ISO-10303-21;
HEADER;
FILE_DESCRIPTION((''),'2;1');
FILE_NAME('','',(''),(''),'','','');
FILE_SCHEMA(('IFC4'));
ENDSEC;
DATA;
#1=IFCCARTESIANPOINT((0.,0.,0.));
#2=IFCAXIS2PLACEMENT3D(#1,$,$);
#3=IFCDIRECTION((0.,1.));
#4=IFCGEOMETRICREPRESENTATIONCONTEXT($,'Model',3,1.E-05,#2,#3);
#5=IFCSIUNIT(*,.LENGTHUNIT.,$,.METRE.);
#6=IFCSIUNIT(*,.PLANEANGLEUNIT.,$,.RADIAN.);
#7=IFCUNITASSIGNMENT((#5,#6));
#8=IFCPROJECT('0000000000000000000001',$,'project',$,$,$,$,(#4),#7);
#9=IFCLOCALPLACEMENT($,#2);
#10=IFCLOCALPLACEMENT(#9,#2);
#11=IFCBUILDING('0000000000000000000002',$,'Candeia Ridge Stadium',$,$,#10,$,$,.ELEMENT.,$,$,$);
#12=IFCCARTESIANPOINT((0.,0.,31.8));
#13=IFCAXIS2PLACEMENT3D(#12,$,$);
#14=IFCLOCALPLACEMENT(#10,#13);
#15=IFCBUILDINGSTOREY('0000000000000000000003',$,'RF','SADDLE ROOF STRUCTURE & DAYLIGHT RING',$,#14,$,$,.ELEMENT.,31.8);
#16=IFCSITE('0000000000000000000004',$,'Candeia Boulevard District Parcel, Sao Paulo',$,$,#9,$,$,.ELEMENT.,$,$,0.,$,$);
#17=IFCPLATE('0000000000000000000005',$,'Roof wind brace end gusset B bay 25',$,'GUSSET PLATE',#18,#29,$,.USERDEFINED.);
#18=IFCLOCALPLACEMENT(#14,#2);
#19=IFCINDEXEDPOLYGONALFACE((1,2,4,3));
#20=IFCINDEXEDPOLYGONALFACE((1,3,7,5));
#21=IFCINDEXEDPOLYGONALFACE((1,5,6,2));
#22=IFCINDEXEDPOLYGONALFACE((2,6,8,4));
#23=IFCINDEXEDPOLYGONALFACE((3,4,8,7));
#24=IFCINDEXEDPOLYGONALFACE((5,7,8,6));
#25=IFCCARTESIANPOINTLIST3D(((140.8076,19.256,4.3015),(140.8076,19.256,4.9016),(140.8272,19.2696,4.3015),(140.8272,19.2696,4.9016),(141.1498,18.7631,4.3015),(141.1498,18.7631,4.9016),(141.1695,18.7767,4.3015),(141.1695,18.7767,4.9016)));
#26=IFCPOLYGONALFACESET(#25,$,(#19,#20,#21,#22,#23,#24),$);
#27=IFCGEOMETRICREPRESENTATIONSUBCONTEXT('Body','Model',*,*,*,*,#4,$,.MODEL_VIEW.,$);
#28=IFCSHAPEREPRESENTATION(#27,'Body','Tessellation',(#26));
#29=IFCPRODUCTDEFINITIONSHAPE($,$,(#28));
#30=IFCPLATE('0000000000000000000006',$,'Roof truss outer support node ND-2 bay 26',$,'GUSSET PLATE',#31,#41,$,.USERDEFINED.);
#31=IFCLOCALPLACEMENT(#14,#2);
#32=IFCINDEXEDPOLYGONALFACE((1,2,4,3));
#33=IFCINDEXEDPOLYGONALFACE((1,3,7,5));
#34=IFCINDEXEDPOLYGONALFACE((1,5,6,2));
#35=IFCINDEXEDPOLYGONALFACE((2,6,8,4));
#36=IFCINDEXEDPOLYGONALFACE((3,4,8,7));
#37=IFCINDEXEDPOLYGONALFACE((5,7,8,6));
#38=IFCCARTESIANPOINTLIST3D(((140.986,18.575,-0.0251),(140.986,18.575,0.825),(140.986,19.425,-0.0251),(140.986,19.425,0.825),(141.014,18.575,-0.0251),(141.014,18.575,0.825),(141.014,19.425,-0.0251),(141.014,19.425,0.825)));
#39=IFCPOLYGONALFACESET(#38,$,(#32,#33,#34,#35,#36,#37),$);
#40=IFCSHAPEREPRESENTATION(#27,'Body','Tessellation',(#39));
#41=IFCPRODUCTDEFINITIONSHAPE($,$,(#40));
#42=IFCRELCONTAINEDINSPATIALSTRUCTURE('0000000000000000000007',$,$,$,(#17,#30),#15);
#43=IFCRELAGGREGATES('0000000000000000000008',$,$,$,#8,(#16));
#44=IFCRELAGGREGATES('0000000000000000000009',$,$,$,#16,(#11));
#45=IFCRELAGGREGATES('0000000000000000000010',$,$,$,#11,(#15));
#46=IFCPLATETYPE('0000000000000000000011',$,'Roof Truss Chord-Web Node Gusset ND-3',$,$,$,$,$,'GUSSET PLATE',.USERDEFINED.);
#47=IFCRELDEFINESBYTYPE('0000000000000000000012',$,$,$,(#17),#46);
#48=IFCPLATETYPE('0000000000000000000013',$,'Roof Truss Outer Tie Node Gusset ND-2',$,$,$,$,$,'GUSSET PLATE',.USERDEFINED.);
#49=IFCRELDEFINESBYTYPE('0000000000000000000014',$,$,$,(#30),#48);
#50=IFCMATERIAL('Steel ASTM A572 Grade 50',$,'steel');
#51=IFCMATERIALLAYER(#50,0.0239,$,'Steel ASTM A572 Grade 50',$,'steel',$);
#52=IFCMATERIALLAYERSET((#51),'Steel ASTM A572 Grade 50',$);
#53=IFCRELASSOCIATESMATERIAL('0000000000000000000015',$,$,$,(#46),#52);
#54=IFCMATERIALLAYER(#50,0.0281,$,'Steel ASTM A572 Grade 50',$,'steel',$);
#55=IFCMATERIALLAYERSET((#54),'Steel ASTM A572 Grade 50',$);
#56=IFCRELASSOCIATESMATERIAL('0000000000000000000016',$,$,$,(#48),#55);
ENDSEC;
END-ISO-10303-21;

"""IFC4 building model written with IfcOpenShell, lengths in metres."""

from ifc_helpers import new_model, si_unit, direction, frame, origin, origin_2d, place, context, subcontext, project, spatial, rectangle, extrude, material, layer, layer_set, type_object, element, save


model = new_model("IFC4")

# Units and contexts
model_context = context("Model", 3, precision=1e-05, world=origin(), true_north=direction((0.0, 1.0)))
body_context = subcontext(model_context, "Body", "Model", "MODEL_VIEW")
ifc_project = project(units=[si_unit("LENGTHUNIT", "METRE"), si_unit("PLANEANGLEUNIT", "RADIAN")], contexts=[model_context])

# Site, building, storey
site_placement = place(None, origin())
site = spatial("IfcSite", under=ifc_project, at=site_placement, Name="Candeia Boulevard District Parcel, Sao Paulo", CompositionType="ELEMENT", RefElevation=0.0)
building_placement = place(site_placement, origin())
building = spatial("IfcBuilding", under=site, at=building_placement, Name="Candeia Ridge Stadium", CompositionType="ELEMENT")
storey_placement = place(building_placement, frame((0.0, 0.0, 31.8)))
storey = spatial("IfcBuildingStorey", under=building, at=storey_placement, Name="RF", Description="SADDLE ROOF STRUCTURE & DAYLIGHT RING", CompositionType="ELEMENT", Elevation=31.8)

# Shared definitions
ifc_material_1 = material(Name="Steel ASTM A572 Grade 50", Category="steel")

# Plates
ifc_layer_1 = layer(ifc_material_1, 0.0239, Name="Steel ASTM A572 Grade 50", Category="steel")
ifc_layer_set_1 = layer_set([ifc_layer_1], Name="Steel ASTM A572 Grade 50")
plate_type_1 = type_object("IfcPlateType", Name="Roof Truss Chord-Web Node Gusset ND-3", ElementType="GUSSET PLATE", PredefinedType="USERDEFINED", material=ifc_layer_set_1)
for number, where, z_axis, x_axis, name in (
    (1, (140.9885, 19.0164, 4.3015), (0.0, 0.0, 1.0), (0.570395, -0.82137, 0.0), "Roof wind brace end gusset B bay 25"),
):
    element("IfcPlate", number, at=place(storey_placement, frame(where, z_axis=z_axis, x_axis=x_axis)), inside=storey, type_object=plate_type_1, Name=name, ObjectType="GUSSET PLATE", PredefinedType="USERDEFINED", context=body_context, shape_type="SweptSolid", body=[
        extrude(rectangle(XDim=0.6001, YDim=0.0239, at=origin_2d()), origin(), (0.0, 0.0, 1.0), 0.6001),
    ])
ifc_layer_2 = layer(ifc_material_1, 0.0281, Name="Steel ASTM A572 Grade 50", Category="steel")
ifc_layer_set_2 = layer_set([ifc_layer_2], Name="Steel ASTM A572 Grade 50")
plate_type_2 = type_object("IfcPlateType", Name="Roof Truss Outer Tie Node Gusset ND-2", ElementType="GUSSET PLATE", PredefinedType="USERDEFINED", material=ifc_layer_set_2)
plate_1_placement = place(storey_placement, frame((141.0, 19.0, -0.0251), z_axis=(0.0, 0.0, 1.0), x_axis=(0.0, -1.0, 0.0)))
element("IfcPlate", 2, at=plate_1_placement, inside=storey, type_object=plate_type_2, Name="Roof truss outer support node ND-2 bay 26", ObjectType="GUSSET PLATE", PredefinedType="USERDEFINED", context=body_context, shape_type="SweptSolid", body=[
    extrude(rectangle(XDim=0.8501, YDim=0.0281, at=origin_2d()), origin(), (0.0, 0.0, 1.0), 0.8501),
])

save(model, "model.ifc")
